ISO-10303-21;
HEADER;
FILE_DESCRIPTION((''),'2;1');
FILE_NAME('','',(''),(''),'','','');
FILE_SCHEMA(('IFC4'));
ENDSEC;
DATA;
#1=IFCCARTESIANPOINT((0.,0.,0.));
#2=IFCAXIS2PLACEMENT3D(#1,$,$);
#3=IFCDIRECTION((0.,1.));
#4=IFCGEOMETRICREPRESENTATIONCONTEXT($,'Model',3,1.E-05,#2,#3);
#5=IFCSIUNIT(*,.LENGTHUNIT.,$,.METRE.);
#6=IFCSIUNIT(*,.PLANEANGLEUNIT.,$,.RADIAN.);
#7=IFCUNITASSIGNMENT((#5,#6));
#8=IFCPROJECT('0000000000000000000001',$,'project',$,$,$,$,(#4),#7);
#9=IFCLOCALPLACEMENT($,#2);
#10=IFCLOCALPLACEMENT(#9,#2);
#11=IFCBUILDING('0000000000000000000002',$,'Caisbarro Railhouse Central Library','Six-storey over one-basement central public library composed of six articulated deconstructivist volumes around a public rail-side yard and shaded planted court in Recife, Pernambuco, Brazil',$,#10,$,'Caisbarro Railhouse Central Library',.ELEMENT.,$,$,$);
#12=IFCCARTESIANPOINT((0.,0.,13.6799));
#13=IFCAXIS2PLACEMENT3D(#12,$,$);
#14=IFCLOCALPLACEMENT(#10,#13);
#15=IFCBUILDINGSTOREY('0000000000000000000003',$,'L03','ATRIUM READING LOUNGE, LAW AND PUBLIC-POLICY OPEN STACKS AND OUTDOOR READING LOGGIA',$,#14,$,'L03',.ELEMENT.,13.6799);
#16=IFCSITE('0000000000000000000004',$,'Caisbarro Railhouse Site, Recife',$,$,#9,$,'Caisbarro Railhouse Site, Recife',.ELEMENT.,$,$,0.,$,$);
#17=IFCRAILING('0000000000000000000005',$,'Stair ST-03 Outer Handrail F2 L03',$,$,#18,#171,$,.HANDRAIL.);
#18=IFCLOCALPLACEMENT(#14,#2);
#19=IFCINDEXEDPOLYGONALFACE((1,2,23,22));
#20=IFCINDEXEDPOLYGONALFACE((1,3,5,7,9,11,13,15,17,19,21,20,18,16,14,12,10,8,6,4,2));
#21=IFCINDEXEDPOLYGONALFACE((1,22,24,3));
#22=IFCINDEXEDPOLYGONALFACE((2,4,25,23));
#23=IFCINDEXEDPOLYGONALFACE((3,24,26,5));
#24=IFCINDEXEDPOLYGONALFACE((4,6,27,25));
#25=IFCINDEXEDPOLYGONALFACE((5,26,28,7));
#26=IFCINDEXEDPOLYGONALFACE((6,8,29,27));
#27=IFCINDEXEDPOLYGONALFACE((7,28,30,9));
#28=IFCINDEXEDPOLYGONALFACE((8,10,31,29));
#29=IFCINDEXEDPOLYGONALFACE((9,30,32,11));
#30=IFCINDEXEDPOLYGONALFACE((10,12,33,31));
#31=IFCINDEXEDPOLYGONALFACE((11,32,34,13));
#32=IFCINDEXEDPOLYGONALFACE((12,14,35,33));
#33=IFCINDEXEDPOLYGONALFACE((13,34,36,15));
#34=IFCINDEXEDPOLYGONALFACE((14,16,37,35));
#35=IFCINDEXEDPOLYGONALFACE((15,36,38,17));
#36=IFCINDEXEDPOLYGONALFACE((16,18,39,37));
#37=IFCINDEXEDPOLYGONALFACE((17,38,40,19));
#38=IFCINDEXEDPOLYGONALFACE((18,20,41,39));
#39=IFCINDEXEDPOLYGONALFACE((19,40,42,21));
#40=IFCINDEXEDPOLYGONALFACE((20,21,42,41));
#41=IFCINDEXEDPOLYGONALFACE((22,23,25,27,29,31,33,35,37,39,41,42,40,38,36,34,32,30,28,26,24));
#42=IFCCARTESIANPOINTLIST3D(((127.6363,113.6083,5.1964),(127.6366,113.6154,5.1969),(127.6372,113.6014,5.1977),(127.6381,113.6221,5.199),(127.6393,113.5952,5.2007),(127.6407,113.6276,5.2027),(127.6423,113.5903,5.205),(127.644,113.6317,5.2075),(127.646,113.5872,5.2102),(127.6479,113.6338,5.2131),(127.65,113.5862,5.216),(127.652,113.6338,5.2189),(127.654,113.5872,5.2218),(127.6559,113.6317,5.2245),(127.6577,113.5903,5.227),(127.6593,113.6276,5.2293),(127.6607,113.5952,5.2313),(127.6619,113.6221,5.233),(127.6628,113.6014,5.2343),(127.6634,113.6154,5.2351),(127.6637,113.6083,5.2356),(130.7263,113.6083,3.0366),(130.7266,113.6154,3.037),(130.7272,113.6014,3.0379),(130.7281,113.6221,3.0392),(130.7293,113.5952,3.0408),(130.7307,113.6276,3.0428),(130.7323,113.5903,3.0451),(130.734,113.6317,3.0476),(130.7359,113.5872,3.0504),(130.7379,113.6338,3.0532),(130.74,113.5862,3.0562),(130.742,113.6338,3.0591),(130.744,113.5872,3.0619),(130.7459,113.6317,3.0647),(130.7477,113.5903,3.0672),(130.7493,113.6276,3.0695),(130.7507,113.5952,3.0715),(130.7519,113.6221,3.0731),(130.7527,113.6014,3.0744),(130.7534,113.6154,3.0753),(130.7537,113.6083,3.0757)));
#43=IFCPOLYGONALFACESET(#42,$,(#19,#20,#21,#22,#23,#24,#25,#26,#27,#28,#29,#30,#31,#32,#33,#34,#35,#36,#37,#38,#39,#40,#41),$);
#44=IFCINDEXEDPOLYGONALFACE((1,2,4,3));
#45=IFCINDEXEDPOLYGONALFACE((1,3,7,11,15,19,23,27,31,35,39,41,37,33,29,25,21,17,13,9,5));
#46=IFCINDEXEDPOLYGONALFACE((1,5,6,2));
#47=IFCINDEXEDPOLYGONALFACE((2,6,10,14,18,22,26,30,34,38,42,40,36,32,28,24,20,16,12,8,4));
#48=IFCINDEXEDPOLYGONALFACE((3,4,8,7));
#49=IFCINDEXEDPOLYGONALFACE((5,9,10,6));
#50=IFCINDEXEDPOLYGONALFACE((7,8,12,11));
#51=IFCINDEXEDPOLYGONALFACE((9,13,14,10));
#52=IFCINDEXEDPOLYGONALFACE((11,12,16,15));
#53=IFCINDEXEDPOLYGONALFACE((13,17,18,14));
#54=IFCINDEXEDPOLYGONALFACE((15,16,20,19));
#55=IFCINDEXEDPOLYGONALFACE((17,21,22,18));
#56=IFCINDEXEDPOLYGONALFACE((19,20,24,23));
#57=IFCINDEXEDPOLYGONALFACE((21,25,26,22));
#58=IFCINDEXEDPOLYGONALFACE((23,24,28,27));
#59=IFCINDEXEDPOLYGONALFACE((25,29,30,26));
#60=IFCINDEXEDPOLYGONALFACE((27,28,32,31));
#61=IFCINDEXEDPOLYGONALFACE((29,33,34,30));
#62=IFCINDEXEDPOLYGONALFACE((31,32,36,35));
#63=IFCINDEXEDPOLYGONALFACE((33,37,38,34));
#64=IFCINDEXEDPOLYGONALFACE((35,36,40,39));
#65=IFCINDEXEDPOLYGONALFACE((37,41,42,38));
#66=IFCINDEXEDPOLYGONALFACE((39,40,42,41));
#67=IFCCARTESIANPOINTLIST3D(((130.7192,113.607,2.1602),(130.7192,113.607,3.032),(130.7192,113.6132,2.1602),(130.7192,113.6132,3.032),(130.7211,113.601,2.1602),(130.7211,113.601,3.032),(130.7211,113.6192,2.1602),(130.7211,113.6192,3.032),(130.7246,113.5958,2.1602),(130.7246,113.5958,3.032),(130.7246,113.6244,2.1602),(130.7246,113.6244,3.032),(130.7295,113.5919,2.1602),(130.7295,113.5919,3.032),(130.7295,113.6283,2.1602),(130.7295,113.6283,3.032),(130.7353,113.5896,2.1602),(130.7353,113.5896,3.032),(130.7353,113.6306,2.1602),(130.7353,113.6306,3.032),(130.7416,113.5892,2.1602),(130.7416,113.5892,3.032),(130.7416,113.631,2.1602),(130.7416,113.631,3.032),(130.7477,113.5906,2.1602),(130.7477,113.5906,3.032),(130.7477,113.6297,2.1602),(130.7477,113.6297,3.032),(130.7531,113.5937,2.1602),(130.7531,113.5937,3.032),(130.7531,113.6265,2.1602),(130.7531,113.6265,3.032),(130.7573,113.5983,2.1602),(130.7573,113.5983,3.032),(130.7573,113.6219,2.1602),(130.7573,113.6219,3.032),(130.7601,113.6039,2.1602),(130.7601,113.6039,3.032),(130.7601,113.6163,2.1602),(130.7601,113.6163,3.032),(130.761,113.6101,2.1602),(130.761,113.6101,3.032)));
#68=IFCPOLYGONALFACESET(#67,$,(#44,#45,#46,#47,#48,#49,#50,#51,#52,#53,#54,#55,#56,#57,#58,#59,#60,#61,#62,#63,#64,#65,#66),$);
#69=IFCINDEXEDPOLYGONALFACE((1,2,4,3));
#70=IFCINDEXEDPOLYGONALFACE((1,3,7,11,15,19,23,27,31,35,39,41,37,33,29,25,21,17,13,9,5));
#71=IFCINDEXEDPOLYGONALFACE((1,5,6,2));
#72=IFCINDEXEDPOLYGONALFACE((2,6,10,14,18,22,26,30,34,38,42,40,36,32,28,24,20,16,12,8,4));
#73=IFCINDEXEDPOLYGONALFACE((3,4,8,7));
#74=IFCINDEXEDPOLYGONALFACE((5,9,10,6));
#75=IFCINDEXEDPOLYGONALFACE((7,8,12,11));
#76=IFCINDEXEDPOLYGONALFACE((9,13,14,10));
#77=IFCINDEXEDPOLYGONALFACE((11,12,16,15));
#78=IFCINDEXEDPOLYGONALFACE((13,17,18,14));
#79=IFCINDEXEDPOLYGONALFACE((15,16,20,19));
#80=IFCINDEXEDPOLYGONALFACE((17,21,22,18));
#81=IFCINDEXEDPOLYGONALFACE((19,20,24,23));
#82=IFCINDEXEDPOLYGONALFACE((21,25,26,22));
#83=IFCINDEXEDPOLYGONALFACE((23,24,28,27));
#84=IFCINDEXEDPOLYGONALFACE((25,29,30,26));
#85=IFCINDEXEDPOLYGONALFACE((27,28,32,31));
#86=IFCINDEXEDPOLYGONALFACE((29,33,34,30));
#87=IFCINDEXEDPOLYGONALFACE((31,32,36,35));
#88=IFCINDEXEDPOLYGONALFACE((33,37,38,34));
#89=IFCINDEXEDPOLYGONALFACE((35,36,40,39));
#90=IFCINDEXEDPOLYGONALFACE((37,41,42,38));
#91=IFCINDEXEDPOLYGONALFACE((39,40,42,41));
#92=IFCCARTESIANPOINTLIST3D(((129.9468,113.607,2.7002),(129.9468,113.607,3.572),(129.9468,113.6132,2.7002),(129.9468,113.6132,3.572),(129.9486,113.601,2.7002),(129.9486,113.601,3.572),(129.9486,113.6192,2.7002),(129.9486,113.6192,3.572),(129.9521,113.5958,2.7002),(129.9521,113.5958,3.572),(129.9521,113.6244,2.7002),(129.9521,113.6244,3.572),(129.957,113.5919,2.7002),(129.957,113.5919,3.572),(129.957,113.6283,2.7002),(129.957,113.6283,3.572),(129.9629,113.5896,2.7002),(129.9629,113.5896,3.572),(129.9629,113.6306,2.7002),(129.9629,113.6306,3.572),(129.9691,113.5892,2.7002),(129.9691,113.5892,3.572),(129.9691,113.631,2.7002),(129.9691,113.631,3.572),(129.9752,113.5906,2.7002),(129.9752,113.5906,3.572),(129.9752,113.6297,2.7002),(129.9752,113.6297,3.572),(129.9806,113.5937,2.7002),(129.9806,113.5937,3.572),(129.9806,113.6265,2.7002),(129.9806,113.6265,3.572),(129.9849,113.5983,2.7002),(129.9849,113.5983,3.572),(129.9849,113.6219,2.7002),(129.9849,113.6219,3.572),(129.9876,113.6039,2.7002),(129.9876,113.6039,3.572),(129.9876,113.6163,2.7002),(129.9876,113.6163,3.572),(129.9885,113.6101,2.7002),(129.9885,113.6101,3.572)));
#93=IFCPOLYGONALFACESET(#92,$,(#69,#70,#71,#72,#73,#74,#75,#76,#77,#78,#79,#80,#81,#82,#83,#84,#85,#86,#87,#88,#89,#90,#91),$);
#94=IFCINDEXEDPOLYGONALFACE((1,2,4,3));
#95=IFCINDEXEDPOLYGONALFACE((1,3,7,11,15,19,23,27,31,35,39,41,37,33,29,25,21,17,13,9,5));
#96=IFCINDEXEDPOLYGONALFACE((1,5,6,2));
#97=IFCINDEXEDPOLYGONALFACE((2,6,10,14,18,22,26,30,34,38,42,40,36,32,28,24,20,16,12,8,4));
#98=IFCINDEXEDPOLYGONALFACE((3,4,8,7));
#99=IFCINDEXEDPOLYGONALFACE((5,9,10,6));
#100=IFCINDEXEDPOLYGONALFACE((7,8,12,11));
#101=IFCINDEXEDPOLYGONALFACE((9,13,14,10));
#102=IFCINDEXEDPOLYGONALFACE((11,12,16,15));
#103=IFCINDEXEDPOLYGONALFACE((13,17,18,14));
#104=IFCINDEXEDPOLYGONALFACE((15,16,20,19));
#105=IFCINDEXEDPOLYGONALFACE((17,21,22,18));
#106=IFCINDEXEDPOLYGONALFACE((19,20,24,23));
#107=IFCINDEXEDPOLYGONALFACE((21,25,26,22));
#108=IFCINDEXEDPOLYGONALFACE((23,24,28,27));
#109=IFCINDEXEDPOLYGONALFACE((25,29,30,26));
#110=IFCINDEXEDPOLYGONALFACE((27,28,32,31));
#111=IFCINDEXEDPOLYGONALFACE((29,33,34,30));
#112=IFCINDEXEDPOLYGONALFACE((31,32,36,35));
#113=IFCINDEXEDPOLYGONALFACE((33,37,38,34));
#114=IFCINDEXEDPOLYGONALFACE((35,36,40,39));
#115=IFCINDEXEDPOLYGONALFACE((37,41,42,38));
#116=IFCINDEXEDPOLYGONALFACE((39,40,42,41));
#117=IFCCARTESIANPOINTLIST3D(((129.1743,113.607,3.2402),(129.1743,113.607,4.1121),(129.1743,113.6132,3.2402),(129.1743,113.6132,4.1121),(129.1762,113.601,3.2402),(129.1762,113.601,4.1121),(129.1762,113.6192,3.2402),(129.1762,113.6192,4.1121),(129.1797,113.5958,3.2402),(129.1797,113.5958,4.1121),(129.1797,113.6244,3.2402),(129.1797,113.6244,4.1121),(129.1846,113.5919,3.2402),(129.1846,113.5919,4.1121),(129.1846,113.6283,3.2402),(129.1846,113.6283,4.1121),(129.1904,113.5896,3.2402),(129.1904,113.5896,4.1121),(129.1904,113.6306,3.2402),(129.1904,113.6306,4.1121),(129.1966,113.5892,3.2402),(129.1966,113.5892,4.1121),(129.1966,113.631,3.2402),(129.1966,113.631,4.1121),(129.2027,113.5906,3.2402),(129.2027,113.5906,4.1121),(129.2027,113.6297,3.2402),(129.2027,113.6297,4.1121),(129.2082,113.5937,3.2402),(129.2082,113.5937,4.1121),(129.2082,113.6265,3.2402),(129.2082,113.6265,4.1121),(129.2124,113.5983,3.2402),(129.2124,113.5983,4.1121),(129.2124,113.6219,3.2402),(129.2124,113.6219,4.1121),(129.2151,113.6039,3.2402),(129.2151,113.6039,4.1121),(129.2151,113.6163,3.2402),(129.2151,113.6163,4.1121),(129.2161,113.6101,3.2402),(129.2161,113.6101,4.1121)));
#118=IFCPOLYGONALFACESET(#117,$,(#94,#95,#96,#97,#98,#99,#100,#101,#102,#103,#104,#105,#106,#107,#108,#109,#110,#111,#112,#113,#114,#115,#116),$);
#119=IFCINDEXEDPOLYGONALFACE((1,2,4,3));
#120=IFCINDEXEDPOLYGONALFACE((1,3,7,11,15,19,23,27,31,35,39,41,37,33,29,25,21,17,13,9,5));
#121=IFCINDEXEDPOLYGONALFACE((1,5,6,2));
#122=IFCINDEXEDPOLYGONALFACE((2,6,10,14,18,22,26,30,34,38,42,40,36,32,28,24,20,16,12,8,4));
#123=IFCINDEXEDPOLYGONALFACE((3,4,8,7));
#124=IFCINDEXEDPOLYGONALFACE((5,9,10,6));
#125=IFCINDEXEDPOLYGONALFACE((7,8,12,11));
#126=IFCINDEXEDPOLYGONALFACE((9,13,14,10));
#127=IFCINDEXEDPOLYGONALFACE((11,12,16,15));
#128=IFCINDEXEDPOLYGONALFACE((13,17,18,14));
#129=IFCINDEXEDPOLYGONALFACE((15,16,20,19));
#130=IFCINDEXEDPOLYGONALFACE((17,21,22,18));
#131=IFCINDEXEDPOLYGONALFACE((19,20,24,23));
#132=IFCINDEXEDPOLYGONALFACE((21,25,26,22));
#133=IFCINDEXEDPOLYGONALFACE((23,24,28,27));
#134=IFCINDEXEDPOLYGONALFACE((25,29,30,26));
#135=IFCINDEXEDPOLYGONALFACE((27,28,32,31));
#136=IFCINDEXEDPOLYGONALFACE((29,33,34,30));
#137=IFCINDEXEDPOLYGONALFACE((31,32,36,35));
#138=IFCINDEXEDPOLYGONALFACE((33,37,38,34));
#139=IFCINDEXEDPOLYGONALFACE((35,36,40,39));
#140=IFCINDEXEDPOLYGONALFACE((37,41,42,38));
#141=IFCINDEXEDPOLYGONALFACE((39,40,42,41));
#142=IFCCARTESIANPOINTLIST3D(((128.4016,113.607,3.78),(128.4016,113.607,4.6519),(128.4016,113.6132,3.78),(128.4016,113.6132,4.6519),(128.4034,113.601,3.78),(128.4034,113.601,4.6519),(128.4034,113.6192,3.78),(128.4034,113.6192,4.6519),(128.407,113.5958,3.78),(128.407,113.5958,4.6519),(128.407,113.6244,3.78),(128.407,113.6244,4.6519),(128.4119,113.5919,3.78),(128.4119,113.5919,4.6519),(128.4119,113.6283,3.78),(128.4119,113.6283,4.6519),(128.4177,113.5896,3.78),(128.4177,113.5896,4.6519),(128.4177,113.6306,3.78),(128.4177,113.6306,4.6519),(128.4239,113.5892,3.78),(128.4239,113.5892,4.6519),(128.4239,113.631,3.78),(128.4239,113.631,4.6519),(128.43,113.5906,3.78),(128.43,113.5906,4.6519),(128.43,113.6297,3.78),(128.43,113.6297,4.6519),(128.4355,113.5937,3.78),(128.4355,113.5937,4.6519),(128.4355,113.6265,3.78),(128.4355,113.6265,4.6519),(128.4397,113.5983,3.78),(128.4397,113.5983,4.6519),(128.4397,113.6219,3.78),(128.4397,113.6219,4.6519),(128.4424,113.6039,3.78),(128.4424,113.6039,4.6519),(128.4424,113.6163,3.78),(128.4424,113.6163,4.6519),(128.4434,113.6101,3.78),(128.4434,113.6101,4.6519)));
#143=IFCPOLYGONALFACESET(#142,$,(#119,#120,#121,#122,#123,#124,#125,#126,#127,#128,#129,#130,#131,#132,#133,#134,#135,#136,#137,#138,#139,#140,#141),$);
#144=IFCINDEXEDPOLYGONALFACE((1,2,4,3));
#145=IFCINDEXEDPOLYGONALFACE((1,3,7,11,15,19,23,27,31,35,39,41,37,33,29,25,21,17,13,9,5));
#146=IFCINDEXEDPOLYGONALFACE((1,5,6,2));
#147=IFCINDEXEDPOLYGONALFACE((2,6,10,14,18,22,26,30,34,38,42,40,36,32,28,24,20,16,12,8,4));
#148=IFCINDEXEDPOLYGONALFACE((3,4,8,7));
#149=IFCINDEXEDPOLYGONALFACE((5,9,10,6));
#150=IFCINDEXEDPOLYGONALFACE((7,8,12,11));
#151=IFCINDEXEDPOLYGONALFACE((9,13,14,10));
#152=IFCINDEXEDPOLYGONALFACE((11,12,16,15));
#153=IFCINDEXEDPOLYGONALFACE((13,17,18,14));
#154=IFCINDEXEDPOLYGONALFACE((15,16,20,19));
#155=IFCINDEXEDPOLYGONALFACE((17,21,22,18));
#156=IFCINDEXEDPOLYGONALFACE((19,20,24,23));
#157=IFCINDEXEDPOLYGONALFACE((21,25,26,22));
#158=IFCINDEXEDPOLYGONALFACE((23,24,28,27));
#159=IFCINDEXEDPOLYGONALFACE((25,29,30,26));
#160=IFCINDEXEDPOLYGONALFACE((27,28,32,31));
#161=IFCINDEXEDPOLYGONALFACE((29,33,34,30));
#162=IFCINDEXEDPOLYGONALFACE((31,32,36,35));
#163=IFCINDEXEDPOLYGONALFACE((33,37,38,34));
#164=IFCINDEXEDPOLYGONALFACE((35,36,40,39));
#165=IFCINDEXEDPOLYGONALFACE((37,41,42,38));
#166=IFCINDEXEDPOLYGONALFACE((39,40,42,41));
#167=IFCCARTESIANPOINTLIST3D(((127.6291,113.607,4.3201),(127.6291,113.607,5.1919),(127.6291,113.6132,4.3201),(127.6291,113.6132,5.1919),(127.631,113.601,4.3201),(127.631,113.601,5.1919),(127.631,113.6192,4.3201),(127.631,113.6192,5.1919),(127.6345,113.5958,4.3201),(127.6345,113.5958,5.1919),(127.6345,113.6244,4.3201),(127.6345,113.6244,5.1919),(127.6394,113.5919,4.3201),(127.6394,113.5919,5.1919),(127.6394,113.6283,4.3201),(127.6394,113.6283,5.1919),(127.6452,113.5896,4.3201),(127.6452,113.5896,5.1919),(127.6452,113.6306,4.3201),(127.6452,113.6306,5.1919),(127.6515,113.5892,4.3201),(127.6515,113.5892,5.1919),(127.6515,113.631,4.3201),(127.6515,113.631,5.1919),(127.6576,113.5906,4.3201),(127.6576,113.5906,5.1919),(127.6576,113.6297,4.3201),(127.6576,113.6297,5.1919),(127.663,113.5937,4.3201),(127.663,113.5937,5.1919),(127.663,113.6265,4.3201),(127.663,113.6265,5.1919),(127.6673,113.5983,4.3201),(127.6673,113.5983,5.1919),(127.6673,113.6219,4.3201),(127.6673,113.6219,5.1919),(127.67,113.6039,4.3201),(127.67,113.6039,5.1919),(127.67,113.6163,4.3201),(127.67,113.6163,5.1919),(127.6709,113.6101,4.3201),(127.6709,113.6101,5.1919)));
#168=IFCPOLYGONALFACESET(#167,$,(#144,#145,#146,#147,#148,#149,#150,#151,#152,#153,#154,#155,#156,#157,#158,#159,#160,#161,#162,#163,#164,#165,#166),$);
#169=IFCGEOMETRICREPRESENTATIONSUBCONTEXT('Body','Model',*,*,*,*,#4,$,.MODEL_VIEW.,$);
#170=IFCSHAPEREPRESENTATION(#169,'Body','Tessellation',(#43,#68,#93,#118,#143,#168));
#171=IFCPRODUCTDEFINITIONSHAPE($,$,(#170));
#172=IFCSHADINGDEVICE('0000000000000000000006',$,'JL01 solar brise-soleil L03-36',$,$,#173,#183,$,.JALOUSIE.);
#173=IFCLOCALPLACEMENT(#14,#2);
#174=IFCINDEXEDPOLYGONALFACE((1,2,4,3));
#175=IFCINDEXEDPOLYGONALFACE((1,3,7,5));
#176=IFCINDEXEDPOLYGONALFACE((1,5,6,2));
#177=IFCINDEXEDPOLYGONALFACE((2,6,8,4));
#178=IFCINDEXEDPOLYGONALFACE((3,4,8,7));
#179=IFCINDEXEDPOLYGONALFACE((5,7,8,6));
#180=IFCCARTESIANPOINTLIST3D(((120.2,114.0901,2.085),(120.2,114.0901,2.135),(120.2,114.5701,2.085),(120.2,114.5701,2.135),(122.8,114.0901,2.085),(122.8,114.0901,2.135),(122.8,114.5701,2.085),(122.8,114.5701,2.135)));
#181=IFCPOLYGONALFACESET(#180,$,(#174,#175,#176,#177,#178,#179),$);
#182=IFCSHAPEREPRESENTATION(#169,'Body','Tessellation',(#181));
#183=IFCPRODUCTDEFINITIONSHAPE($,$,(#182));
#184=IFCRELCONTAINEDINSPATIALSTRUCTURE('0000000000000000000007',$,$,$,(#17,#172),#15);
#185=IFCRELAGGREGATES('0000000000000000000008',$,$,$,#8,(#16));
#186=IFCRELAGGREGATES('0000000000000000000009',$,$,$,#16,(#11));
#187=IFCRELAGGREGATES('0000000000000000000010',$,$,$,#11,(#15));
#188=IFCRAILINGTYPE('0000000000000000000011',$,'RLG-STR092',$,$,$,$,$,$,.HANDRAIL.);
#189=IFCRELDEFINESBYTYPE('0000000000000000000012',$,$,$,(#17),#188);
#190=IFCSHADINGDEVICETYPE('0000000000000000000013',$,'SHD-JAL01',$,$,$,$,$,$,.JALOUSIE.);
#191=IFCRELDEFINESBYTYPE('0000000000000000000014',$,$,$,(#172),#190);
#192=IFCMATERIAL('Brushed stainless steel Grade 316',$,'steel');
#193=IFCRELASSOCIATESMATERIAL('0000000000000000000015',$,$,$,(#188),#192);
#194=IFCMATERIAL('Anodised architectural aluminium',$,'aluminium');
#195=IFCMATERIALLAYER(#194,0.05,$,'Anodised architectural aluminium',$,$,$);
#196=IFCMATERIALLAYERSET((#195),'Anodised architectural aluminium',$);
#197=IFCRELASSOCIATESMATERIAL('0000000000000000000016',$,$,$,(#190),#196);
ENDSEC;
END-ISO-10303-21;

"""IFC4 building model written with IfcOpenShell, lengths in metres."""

from ifc_helpers import new_model, si_unit, direction, frame, origin, origin_2d, place, context, subcontext, project, spatial, rectangle, circle, extrude, material, layer, layer_set, type_object, element, save


model = new_model("IFC4")

# Units and contexts
model_context = context("Model", 3, precision=1e-05, world=origin(), true_north=direction((0.0, 1.0)))
body_context = subcontext(model_context, "Body", "Model", "MODEL_VIEW")
ifc_project = project(units=[si_unit("LENGTHUNIT", "METRE"), si_unit("PLANEANGLEUNIT", "RADIAN")], contexts=[model_context])

# Site, building, storey
site_placement = place(None, origin())
site = spatial("IfcSite", under=ifc_project, at=site_placement, Name="Caisbarro Railhouse Site, Recife", LongName="Caisbarro Railhouse Site, Recife", CompositionType="ELEMENT", RefElevation=0.0)
building_placement = place(site_placement, origin())
building = spatial("IfcBuilding", under=site, at=building_placement, Name="Caisbarro Railhouse Central Library", Description="Six-storey over one-basement central public library composed of six articulated deconstructivist volumes around a public rail-side yard and shaded planted court in Recife, Pernambuco, Brazil", LongName="Caisbarro Railhouse Central Library", CompositionType="ELEMENT")
storey_placement = place(building_placement, frame((0.0, 0.0, 13.6799)))
storey = spatial("IfcBuildingStorey", under=building, at=storey_placement, Name="L03", Description="ATRIUM READING LOUNGE, LAW AND PUBLIC-POLICY OPEN STACKS AND OUTDOOR READING LOGGIA", LongName="L03", CompositionType="ELEMENT", Elevation=13.6799)

# Railing
ifc_material_1 = material(Name="Brushed stainless steel Grade 316", Category="steel")
railing_type_1 = type_object("IfcRailingType", Name="RLG-STR092", PredefinedType="HANDRAIL", material=ifc_material_1)
railing_1_placement = place(storey_placement, frame((130.74, 113.6101, 2.1602)))
element("IfcRailing", 1, at=railing_1_placement, inside=storey, type_object=railing_type_1, Name="Stair ST-03 Outer Handrail F2 L03", PredefinedType="HANDRAIL", context=body_context, shape_type="SweptSolid", body=[
    extrude(circle(Radius=0.0239, at=origin_2d()), frame((0.0, 0.0, 0.896), z_axis=(-0.819624, 0.0, 0.572902), x_axis=(0.0, -1.0, 0.0)), (0.0, 0.0, 1.0), 3.77),
    extrude(circle(Radius=0.021, at=origin_2d()), origin(), (0.0, 0.0, 1.0), 0.8718),
    extrude(circle(Radius=0.021, at=origin_2d()), frame((-0.7725, 0.0, 0.54)), (0.0, 0.0, 1.0), 0.8718),
    extrude(circle(Radius=0.021, at=origin_2d()), frame((-1.5449, 0.0, 1.0801)), (0.0, 0.0, 1.0), 0.8718),
    extrude(circle(Radius=0.021, at=origin_2d()), frame((-2.3176, 0.0, 1.6199)), (0.0, 0.0, 1.0), 0.8718),
    extrude(circle(Radius=0.021, at=origin_2d()), frame((-3.0901, 0.0, 2.1599)), (0.0, 0.0, 1.0), 0.8718),
])

# Shading device
ifc_material_2 = material(Name="Anodised architectural aluminium", Category="aluminium")
ifc_layer_1 = layer(ifc_material_2, 0.05, Name="Anodised architectural aluminium")
ifc_layer_set_1 = layer_set([ifc_layer_1], Name="Anodised architectural aluminium")
shading_device_type = type_object("IfcShadingDeviceType", Name="SHD-JAL01", PredefinedType="JALOUSIE", material=ifc_layer_set_1)
shading_device_placement = place(storey_placement, frame((121.5, 114.3301, 2.085), z_axis=(0.0, 0.0, 1.0), x_axis=(1.0, 0.0, 0.0)))
element("IfcShadingDevice", 2, at=shading_device_placement, inside=storey, type_object=shading_device_type, Name="JL01 solar brise-soleil L03-36", PredefinedType="JALOUSIE", context=body_context, shape_type="SweptSolid", body=[
    extrude(rectangle(XDim=2.6001, YDim=0.48, at=origin_2d()), origin(), (0.0, 0.0, 1.0), 0.05),
])

save(model, "model.ifc")
